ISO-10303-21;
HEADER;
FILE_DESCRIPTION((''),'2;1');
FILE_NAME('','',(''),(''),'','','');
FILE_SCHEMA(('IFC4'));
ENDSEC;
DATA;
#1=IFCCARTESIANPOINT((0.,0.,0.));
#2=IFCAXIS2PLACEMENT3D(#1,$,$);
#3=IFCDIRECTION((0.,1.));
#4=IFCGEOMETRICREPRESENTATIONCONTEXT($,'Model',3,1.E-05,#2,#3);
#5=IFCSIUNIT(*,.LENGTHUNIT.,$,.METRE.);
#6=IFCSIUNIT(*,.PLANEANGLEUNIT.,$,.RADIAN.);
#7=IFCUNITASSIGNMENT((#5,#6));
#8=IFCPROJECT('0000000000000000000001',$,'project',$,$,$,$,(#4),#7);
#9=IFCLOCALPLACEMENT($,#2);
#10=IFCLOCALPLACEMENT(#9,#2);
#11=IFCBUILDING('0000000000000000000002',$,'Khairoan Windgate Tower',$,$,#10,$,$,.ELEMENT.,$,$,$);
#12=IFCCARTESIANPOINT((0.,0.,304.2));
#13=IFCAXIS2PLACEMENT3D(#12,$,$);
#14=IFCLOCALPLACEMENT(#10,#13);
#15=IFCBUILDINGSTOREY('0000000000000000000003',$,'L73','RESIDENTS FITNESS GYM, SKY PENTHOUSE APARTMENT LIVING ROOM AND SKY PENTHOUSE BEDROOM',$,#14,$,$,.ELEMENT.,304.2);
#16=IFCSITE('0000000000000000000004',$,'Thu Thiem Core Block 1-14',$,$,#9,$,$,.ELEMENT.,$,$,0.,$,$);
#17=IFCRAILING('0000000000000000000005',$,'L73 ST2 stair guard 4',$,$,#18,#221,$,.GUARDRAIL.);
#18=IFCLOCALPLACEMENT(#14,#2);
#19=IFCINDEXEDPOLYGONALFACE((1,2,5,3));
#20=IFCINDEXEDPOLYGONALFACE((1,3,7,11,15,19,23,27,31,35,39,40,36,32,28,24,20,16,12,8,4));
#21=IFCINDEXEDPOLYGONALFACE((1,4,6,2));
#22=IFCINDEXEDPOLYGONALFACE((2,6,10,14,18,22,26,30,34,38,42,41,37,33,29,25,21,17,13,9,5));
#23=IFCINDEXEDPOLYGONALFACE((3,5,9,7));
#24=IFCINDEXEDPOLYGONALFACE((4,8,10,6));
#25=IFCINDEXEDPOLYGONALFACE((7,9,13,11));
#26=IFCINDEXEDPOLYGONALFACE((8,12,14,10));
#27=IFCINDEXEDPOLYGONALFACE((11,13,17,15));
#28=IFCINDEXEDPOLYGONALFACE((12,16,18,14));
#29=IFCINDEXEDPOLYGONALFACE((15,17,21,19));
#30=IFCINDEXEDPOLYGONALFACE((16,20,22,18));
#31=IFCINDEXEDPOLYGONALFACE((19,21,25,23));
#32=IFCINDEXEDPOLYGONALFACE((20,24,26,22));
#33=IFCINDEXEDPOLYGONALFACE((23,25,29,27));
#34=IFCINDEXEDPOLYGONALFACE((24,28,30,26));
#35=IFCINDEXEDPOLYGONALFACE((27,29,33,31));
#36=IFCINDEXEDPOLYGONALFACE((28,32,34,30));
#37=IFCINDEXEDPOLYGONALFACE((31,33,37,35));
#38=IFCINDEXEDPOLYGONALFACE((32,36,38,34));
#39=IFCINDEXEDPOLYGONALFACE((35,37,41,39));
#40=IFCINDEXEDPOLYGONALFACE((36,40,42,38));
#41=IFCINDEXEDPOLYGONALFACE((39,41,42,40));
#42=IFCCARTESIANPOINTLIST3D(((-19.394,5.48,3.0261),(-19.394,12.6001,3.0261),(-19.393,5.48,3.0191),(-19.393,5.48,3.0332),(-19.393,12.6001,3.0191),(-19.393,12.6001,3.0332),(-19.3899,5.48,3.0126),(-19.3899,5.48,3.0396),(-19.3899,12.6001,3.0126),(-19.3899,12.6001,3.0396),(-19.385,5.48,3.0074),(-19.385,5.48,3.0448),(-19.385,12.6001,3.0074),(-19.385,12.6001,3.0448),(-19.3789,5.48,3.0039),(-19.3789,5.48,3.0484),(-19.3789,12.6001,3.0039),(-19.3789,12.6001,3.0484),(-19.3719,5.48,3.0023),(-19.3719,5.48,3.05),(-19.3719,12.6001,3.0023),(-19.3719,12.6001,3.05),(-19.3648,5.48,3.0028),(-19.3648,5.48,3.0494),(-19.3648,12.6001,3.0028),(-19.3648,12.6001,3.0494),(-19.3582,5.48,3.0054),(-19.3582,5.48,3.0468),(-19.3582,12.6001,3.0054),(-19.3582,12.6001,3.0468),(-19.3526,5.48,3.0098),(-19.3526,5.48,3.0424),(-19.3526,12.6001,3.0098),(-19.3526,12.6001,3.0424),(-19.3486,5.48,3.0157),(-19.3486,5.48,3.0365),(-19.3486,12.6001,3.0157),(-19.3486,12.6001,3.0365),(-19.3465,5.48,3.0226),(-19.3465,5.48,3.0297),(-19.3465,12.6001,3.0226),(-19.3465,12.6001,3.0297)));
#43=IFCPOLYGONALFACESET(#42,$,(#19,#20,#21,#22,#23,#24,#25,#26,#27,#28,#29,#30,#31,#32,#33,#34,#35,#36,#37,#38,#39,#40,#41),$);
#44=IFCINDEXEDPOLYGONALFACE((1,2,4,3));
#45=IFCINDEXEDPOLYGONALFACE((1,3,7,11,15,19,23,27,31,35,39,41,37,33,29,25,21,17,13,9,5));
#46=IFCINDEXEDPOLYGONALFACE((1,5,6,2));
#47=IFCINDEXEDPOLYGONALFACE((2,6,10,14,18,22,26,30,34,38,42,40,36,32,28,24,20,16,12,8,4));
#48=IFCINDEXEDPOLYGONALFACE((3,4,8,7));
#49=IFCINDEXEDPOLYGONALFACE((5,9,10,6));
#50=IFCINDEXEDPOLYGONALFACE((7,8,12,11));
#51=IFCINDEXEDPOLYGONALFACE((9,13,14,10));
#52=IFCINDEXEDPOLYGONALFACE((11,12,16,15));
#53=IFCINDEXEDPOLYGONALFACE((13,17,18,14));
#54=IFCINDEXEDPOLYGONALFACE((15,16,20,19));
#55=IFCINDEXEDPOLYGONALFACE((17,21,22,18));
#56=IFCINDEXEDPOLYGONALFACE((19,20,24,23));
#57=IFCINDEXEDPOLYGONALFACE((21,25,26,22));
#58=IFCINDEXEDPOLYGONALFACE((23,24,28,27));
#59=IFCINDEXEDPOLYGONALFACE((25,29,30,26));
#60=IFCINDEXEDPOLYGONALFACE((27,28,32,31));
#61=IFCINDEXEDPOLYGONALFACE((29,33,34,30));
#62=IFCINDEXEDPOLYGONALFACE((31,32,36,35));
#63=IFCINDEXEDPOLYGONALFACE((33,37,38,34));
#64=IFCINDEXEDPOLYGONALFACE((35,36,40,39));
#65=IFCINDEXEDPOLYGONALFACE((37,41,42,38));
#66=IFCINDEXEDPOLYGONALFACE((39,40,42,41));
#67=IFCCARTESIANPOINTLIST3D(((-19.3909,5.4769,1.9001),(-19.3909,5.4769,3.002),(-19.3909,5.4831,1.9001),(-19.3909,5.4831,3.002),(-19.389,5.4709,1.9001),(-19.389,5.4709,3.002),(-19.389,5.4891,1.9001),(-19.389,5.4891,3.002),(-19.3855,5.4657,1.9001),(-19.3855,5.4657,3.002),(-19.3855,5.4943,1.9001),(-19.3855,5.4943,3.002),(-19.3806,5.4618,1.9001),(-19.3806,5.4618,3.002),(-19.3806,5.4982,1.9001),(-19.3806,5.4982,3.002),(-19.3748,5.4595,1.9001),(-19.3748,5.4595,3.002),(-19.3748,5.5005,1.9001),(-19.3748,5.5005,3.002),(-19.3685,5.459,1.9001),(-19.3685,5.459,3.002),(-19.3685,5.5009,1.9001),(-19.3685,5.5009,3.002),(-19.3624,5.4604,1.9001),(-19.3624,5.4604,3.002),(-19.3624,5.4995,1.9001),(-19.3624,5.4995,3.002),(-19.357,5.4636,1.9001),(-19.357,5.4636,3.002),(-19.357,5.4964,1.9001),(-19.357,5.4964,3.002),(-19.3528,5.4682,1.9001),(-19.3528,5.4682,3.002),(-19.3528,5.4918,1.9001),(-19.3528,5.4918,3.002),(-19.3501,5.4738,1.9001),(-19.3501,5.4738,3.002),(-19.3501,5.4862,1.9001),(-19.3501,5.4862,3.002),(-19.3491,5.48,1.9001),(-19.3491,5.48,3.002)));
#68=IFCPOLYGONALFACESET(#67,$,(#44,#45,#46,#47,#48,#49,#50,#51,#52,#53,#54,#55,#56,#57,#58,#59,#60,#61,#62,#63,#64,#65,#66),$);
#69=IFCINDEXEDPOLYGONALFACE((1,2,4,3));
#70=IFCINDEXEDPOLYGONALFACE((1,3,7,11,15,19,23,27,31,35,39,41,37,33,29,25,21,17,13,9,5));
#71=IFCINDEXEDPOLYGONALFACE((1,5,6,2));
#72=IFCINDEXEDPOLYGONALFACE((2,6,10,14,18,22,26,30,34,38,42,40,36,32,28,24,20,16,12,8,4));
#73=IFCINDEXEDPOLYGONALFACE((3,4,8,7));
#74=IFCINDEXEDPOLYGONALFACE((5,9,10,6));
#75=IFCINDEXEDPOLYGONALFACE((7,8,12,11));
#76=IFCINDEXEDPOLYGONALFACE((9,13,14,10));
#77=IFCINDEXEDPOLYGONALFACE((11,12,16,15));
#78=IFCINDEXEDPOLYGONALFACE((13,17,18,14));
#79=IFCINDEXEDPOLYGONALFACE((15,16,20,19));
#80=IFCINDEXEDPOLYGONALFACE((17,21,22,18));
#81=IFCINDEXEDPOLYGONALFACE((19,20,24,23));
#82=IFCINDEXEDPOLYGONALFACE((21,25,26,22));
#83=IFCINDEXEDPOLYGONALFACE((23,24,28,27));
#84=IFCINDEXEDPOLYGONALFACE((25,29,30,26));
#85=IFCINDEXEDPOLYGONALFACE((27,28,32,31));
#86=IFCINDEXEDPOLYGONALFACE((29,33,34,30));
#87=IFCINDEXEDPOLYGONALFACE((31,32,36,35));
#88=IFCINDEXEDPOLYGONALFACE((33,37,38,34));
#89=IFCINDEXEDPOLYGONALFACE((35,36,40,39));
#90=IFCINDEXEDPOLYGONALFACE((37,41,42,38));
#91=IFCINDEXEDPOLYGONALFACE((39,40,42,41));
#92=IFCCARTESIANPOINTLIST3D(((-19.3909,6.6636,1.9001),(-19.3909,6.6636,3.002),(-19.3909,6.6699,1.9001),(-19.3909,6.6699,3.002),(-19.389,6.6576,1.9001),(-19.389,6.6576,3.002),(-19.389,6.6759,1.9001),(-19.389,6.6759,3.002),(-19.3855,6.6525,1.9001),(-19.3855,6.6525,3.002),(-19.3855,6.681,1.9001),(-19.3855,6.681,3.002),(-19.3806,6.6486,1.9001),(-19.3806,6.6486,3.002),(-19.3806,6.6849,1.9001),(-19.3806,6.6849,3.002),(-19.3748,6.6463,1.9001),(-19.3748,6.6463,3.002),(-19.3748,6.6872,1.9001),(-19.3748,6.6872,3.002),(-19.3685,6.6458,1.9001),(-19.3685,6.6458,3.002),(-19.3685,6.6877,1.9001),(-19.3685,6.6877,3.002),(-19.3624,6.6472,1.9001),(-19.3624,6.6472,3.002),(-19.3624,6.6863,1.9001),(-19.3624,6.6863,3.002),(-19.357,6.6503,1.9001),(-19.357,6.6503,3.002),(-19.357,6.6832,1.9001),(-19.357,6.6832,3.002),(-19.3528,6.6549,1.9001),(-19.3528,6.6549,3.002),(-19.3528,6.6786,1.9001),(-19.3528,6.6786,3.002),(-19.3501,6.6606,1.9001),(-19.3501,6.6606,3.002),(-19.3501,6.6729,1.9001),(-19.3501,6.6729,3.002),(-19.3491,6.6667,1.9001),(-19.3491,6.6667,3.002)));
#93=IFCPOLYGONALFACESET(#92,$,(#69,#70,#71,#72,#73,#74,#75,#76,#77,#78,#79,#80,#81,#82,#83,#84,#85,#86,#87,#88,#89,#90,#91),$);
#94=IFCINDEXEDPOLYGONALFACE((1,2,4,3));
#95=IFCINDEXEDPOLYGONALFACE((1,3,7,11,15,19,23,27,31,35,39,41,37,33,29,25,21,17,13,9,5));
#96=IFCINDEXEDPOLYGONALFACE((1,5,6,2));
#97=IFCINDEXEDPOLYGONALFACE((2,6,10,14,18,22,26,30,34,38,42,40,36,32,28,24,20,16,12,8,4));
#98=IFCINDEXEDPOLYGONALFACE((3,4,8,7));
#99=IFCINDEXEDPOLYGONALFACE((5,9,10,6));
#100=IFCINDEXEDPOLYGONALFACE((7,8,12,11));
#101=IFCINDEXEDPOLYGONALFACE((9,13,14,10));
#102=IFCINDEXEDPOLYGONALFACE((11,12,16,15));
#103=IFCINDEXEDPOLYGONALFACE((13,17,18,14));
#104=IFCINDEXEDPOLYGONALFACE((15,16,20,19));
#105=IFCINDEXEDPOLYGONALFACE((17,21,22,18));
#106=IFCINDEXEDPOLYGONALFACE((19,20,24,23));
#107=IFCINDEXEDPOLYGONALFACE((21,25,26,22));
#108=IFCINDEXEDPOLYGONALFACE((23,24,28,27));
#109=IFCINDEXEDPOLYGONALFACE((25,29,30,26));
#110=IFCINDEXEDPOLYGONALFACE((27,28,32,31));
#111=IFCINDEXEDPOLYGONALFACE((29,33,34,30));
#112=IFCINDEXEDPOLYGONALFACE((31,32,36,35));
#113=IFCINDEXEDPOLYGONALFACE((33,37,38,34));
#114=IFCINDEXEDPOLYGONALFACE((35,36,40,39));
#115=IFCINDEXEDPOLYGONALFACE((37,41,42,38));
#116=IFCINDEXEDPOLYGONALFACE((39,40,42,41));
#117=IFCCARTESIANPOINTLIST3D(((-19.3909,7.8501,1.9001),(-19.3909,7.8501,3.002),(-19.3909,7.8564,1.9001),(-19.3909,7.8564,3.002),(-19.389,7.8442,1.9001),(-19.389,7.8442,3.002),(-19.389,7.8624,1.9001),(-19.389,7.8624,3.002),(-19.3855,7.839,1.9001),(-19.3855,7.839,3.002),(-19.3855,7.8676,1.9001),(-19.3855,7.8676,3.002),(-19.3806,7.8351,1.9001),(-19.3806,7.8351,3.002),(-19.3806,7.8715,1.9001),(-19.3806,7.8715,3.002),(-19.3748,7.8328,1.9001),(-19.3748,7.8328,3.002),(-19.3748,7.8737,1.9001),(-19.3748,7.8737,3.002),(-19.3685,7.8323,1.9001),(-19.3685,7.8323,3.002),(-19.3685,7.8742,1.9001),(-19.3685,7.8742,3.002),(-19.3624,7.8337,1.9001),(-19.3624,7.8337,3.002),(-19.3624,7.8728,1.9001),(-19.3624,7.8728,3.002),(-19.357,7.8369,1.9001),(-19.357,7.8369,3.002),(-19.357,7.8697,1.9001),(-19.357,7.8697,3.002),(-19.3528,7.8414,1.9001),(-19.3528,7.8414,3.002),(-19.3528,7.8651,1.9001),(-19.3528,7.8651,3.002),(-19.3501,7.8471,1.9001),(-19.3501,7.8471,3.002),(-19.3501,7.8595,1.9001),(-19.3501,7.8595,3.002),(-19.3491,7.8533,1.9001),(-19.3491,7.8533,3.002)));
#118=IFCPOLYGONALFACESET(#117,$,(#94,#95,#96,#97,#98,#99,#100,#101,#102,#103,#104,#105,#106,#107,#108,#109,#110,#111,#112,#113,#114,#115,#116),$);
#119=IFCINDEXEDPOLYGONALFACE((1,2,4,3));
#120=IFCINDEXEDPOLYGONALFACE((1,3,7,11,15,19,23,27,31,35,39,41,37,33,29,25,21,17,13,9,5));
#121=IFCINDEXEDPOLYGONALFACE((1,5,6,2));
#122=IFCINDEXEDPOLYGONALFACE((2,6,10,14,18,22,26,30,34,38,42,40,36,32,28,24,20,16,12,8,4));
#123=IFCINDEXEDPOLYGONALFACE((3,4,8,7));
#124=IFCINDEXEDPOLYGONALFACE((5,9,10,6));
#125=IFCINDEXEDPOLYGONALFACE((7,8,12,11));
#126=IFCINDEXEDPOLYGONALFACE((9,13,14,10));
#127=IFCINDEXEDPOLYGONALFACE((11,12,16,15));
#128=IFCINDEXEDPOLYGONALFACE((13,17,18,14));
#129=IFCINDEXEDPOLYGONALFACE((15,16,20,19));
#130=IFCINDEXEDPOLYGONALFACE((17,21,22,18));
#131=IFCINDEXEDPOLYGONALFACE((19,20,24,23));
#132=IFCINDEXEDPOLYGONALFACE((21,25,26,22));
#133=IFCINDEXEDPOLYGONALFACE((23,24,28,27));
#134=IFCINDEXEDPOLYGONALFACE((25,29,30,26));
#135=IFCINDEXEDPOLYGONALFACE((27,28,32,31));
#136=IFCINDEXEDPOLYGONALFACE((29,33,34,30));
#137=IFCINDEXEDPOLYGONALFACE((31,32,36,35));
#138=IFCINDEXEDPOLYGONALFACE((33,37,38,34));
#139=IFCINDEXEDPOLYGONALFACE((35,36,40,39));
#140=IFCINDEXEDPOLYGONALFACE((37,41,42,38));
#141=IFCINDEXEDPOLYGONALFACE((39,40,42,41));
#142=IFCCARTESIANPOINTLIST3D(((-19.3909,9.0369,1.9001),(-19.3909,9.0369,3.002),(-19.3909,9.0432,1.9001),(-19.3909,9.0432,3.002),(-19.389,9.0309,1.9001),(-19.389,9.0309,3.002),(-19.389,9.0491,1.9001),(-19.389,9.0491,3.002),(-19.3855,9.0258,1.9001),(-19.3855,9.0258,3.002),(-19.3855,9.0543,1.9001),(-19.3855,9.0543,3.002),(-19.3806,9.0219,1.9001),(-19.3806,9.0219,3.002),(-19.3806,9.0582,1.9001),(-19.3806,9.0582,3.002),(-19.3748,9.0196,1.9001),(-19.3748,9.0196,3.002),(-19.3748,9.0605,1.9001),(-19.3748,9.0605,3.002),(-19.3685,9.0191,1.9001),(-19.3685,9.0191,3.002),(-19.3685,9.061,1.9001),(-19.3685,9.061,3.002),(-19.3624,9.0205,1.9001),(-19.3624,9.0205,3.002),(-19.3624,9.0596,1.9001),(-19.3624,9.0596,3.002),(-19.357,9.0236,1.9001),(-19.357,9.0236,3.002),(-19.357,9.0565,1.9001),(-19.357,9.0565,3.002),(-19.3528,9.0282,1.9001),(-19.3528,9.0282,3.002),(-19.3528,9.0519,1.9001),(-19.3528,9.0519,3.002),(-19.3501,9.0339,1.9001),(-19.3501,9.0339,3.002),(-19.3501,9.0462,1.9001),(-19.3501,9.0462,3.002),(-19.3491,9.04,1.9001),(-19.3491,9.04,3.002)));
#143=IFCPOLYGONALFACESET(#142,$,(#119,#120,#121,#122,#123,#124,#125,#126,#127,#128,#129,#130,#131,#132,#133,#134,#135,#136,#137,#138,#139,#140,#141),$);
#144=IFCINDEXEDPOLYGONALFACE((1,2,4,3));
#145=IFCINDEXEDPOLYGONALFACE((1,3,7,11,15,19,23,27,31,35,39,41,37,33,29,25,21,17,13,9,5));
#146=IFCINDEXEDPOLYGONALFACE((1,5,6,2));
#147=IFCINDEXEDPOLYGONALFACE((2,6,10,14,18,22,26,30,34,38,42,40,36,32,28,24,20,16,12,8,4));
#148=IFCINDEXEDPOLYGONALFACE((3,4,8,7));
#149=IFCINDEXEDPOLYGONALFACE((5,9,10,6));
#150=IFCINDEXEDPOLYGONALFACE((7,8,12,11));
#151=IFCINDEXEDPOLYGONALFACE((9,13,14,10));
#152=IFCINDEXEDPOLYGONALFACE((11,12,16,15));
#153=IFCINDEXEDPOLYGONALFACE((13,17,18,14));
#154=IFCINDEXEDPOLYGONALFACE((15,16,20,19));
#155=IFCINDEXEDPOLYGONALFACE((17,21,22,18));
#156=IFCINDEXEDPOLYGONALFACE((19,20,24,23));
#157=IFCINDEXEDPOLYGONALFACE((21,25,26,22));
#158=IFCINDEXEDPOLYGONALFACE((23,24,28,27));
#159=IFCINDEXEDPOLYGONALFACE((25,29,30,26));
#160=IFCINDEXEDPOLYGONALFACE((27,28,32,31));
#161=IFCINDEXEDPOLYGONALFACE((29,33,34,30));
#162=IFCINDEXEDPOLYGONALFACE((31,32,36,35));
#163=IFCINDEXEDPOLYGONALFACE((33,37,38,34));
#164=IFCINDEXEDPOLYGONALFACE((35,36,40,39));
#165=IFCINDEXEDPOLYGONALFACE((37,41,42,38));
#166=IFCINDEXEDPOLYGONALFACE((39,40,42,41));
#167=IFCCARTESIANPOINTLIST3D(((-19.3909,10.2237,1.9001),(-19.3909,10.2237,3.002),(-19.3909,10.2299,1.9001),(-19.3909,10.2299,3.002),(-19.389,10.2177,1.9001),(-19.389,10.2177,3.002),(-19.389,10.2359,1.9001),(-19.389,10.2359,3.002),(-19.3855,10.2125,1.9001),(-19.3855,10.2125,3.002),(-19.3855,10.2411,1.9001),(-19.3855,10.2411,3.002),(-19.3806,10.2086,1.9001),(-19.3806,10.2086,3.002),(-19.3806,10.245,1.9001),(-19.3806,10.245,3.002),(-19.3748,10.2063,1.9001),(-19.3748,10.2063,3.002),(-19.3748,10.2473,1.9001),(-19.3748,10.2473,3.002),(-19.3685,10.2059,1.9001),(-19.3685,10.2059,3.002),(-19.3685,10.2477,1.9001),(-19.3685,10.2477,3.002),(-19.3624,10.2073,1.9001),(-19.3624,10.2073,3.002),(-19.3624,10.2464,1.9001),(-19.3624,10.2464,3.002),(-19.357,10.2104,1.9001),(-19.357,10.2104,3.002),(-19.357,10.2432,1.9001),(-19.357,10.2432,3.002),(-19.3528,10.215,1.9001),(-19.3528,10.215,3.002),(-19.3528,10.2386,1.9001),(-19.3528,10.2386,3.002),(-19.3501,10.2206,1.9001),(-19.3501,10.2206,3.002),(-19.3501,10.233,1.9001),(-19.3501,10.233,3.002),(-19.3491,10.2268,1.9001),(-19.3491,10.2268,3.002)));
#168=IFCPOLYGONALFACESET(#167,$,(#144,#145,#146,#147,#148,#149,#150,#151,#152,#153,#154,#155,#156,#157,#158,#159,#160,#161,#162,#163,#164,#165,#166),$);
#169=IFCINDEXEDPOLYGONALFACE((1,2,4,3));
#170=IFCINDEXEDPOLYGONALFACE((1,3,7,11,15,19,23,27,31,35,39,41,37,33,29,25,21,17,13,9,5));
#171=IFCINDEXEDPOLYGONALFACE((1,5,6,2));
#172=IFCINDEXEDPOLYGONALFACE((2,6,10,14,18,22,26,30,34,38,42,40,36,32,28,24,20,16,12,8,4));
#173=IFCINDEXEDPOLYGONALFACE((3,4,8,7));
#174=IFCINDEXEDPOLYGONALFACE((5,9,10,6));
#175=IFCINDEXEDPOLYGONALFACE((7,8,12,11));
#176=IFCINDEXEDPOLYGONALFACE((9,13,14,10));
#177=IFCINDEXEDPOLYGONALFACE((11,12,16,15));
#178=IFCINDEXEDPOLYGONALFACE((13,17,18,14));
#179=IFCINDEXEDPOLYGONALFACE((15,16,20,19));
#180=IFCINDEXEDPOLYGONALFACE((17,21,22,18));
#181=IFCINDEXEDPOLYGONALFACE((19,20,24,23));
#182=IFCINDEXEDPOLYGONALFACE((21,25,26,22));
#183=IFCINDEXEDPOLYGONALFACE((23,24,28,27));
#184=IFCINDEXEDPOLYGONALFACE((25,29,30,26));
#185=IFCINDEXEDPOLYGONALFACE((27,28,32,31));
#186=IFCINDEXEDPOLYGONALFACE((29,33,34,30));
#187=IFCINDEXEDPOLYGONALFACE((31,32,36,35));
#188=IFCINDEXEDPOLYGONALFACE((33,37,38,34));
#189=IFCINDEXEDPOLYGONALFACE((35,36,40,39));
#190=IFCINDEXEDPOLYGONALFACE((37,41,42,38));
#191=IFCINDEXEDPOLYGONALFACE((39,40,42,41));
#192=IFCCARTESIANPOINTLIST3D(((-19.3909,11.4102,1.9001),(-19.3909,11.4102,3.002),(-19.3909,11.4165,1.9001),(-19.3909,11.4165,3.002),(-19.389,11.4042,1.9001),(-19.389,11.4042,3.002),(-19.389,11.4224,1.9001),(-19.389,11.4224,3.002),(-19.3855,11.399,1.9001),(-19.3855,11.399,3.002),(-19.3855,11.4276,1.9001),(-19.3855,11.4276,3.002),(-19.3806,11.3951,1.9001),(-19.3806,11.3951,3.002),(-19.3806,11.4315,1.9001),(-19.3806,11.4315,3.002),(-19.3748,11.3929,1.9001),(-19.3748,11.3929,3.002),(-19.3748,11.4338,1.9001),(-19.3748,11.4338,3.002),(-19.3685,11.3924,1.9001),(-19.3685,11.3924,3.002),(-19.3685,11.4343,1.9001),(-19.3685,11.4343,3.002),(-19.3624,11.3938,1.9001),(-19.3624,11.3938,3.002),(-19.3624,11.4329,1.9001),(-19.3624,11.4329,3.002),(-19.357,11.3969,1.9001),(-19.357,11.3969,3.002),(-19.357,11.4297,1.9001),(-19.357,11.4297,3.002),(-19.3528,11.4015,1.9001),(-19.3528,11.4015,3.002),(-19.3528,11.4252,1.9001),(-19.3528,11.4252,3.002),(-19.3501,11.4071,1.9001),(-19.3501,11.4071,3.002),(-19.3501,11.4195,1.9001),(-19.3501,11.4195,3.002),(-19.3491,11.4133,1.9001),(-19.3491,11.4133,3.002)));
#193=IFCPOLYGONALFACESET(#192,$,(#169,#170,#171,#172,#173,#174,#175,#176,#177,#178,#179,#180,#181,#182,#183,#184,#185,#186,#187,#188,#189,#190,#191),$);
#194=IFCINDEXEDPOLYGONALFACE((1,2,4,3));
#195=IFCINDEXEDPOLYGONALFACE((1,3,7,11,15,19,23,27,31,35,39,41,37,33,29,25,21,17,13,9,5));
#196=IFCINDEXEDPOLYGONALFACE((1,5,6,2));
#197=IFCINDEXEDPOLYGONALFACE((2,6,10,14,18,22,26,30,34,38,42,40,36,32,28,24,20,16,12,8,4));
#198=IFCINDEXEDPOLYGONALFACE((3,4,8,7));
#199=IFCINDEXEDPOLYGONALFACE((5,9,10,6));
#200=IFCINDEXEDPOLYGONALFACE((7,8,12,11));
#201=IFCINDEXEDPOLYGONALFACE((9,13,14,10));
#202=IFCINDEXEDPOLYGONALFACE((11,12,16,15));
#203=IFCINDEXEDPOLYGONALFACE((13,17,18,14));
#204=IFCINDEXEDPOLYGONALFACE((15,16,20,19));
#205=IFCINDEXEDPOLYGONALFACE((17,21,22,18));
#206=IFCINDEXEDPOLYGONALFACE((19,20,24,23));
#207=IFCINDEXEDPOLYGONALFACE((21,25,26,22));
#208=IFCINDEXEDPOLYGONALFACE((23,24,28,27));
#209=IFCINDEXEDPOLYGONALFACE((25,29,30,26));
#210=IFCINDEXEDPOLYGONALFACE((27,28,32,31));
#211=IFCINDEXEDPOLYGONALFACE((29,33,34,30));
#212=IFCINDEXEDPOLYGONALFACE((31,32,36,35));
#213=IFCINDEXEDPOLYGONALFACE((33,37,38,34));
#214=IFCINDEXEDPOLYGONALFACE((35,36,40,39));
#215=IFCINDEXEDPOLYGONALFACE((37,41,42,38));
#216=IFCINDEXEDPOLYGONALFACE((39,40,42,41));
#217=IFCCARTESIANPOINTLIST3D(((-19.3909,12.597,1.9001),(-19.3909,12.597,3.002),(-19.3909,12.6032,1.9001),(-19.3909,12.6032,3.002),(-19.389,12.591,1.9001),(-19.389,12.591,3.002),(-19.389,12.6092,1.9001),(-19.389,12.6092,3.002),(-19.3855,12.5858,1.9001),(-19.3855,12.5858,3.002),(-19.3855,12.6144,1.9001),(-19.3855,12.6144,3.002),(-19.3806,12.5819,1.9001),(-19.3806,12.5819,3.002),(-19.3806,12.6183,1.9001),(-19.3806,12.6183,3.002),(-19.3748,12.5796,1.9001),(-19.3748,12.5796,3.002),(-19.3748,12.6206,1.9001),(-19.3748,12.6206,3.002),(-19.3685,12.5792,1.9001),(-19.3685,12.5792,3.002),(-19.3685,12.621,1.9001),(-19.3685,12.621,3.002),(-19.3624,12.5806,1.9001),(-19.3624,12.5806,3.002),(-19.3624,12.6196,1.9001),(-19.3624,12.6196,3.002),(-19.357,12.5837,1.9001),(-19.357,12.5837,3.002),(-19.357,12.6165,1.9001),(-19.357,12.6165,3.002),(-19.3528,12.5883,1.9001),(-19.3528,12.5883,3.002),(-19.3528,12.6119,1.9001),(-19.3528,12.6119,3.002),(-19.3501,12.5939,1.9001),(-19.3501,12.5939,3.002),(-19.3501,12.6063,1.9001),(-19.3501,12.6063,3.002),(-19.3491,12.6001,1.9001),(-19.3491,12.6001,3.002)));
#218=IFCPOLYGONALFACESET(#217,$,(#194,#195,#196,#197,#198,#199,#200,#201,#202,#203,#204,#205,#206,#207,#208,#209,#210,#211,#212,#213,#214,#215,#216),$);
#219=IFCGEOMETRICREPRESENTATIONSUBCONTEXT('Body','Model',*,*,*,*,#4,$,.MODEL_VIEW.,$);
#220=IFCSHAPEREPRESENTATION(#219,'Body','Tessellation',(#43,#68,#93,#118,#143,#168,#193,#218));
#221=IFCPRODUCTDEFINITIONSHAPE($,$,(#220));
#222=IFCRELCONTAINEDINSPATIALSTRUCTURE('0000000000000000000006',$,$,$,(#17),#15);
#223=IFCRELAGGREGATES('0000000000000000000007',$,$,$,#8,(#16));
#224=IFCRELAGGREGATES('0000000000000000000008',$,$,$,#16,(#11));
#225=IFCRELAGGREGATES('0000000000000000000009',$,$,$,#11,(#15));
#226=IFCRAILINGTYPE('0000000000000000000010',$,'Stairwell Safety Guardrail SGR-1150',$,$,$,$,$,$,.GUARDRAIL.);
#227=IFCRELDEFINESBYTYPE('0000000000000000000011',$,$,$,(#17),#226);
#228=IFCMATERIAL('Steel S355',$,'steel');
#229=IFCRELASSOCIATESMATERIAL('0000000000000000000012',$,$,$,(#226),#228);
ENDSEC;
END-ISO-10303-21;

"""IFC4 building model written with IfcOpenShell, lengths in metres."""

from ifc_helpers import new_model, si_unit, direction, frame, origin, origin_2d, place, context, subcontext, project, spatial, circle, extrude, material, type_object, element, save


model = new_model("IFC4")

# Units and contexts
model_context = context("Model", 3, precision=1e-05, world=origin(), true_north=direction((0.0, 1.0)))
body_context = subcontext(model_context, "Body", "Model", "MODEL_VIEW")
ifc_project = project(units=[si_unit("LENGTHUNIT", "METRE"), si_unit("PLANEANGLEUNIT", "RADIAN")], contexts=[model_context])

# Site, building, storey
site_placement = place(None, origin())
site = spatial("IfcSite", under=ifc_project, at=site_placement, Name="Thu Thiem Core Block 1-14", CompositionType="ELEMENT", RefElevation=0.0)
building_placement = place(site_placement, origin())
building = spatial("IfcBuilding", under=site, at=building_placement, Name="Khairoan Windgate Tower", CompositionType="ELEMENT")
storey_placement = place(building_placement, frame((0.0, 0.0, 304.2)))
storey = spatial("IfcBuildingStorey", under=building, at=storey_placement, Name="L73", Description="RESIDENTS FITNESS GYM, SKY PENTHOUSE APARTMENT LIVING ROOM AND SKY PENTHOUSE BEDROOM", CompositionType="ELEMENT", Elevation=304.2)

# Railing
ifc_material_1 = material(Name="Steel S355", Category="steel")
railing_type_1 = type_object("IfcRailingType", Name="Stairwell Safety Guardrail SGR-1150", PredefinedType="GUARDRAIL", material=ifc_material_1)
railing_1_placement = place(storey_placement, frame((-19.3701, 5.48, 1.9001)))
element("IfcRailing", 1, at=railing_1_placement, inside=storey, type_object=railing_type_1, Name="L73 ST2 stair guard 4", PredefinedType="GUARDRAIL", context=body_context, shape_type="SweptSolid", body=[
    extrude(circle(Radius=0.0239, at=origin_2d()), frame((0.0, 0.0, 1.126), z_axis=(0.0, 1.0, 0.0), x_axis=(-1.0, 0.0, 0.0)), (0.0, 0.0, 1.0), 7.1201),
    extrude(circle(Radius=0.021, at=origin_2d()), origin(), (0.0, 0.0, 1.0), 1.1018),
    extrude(circle(Radius=0.021, at=origin_2d()), frame((0.0, 1.1868, 0.0)), (0.0, 0.0, 1.0), 1.1018),
    extrude(circle(Radius=0.021, at=origin_2d()), frame((0.0, 2.3733, 0.0)), (0.0, 0.0, 1.0), 1.1018),
    extrude(circle(Radius=0.021, at=origin_2d()), frame((0.0, 3.5601, 0.0)), (0.0, 0.0, 1.0), 1.1018),
    extrude(circle(Radius=0.021, at=origin_2d()), frame((0.0, 4.7468, 0.0)), (0.0, 0.0, 1.0), 1.1018),
    extrude(circle(Radius=0.021, at=origin_2d()), frame((0.0, 5.9333, 0.0)), (0.0, 0.0, 1.0), 1.1018),
    extrude(circle(Radius=0.021, at=origin_2d()), frame((0.0, 7.1201, 0.0)), (0.0, 0.0, 1.0), 1.1018),
])

save(model, "model.ifc")
